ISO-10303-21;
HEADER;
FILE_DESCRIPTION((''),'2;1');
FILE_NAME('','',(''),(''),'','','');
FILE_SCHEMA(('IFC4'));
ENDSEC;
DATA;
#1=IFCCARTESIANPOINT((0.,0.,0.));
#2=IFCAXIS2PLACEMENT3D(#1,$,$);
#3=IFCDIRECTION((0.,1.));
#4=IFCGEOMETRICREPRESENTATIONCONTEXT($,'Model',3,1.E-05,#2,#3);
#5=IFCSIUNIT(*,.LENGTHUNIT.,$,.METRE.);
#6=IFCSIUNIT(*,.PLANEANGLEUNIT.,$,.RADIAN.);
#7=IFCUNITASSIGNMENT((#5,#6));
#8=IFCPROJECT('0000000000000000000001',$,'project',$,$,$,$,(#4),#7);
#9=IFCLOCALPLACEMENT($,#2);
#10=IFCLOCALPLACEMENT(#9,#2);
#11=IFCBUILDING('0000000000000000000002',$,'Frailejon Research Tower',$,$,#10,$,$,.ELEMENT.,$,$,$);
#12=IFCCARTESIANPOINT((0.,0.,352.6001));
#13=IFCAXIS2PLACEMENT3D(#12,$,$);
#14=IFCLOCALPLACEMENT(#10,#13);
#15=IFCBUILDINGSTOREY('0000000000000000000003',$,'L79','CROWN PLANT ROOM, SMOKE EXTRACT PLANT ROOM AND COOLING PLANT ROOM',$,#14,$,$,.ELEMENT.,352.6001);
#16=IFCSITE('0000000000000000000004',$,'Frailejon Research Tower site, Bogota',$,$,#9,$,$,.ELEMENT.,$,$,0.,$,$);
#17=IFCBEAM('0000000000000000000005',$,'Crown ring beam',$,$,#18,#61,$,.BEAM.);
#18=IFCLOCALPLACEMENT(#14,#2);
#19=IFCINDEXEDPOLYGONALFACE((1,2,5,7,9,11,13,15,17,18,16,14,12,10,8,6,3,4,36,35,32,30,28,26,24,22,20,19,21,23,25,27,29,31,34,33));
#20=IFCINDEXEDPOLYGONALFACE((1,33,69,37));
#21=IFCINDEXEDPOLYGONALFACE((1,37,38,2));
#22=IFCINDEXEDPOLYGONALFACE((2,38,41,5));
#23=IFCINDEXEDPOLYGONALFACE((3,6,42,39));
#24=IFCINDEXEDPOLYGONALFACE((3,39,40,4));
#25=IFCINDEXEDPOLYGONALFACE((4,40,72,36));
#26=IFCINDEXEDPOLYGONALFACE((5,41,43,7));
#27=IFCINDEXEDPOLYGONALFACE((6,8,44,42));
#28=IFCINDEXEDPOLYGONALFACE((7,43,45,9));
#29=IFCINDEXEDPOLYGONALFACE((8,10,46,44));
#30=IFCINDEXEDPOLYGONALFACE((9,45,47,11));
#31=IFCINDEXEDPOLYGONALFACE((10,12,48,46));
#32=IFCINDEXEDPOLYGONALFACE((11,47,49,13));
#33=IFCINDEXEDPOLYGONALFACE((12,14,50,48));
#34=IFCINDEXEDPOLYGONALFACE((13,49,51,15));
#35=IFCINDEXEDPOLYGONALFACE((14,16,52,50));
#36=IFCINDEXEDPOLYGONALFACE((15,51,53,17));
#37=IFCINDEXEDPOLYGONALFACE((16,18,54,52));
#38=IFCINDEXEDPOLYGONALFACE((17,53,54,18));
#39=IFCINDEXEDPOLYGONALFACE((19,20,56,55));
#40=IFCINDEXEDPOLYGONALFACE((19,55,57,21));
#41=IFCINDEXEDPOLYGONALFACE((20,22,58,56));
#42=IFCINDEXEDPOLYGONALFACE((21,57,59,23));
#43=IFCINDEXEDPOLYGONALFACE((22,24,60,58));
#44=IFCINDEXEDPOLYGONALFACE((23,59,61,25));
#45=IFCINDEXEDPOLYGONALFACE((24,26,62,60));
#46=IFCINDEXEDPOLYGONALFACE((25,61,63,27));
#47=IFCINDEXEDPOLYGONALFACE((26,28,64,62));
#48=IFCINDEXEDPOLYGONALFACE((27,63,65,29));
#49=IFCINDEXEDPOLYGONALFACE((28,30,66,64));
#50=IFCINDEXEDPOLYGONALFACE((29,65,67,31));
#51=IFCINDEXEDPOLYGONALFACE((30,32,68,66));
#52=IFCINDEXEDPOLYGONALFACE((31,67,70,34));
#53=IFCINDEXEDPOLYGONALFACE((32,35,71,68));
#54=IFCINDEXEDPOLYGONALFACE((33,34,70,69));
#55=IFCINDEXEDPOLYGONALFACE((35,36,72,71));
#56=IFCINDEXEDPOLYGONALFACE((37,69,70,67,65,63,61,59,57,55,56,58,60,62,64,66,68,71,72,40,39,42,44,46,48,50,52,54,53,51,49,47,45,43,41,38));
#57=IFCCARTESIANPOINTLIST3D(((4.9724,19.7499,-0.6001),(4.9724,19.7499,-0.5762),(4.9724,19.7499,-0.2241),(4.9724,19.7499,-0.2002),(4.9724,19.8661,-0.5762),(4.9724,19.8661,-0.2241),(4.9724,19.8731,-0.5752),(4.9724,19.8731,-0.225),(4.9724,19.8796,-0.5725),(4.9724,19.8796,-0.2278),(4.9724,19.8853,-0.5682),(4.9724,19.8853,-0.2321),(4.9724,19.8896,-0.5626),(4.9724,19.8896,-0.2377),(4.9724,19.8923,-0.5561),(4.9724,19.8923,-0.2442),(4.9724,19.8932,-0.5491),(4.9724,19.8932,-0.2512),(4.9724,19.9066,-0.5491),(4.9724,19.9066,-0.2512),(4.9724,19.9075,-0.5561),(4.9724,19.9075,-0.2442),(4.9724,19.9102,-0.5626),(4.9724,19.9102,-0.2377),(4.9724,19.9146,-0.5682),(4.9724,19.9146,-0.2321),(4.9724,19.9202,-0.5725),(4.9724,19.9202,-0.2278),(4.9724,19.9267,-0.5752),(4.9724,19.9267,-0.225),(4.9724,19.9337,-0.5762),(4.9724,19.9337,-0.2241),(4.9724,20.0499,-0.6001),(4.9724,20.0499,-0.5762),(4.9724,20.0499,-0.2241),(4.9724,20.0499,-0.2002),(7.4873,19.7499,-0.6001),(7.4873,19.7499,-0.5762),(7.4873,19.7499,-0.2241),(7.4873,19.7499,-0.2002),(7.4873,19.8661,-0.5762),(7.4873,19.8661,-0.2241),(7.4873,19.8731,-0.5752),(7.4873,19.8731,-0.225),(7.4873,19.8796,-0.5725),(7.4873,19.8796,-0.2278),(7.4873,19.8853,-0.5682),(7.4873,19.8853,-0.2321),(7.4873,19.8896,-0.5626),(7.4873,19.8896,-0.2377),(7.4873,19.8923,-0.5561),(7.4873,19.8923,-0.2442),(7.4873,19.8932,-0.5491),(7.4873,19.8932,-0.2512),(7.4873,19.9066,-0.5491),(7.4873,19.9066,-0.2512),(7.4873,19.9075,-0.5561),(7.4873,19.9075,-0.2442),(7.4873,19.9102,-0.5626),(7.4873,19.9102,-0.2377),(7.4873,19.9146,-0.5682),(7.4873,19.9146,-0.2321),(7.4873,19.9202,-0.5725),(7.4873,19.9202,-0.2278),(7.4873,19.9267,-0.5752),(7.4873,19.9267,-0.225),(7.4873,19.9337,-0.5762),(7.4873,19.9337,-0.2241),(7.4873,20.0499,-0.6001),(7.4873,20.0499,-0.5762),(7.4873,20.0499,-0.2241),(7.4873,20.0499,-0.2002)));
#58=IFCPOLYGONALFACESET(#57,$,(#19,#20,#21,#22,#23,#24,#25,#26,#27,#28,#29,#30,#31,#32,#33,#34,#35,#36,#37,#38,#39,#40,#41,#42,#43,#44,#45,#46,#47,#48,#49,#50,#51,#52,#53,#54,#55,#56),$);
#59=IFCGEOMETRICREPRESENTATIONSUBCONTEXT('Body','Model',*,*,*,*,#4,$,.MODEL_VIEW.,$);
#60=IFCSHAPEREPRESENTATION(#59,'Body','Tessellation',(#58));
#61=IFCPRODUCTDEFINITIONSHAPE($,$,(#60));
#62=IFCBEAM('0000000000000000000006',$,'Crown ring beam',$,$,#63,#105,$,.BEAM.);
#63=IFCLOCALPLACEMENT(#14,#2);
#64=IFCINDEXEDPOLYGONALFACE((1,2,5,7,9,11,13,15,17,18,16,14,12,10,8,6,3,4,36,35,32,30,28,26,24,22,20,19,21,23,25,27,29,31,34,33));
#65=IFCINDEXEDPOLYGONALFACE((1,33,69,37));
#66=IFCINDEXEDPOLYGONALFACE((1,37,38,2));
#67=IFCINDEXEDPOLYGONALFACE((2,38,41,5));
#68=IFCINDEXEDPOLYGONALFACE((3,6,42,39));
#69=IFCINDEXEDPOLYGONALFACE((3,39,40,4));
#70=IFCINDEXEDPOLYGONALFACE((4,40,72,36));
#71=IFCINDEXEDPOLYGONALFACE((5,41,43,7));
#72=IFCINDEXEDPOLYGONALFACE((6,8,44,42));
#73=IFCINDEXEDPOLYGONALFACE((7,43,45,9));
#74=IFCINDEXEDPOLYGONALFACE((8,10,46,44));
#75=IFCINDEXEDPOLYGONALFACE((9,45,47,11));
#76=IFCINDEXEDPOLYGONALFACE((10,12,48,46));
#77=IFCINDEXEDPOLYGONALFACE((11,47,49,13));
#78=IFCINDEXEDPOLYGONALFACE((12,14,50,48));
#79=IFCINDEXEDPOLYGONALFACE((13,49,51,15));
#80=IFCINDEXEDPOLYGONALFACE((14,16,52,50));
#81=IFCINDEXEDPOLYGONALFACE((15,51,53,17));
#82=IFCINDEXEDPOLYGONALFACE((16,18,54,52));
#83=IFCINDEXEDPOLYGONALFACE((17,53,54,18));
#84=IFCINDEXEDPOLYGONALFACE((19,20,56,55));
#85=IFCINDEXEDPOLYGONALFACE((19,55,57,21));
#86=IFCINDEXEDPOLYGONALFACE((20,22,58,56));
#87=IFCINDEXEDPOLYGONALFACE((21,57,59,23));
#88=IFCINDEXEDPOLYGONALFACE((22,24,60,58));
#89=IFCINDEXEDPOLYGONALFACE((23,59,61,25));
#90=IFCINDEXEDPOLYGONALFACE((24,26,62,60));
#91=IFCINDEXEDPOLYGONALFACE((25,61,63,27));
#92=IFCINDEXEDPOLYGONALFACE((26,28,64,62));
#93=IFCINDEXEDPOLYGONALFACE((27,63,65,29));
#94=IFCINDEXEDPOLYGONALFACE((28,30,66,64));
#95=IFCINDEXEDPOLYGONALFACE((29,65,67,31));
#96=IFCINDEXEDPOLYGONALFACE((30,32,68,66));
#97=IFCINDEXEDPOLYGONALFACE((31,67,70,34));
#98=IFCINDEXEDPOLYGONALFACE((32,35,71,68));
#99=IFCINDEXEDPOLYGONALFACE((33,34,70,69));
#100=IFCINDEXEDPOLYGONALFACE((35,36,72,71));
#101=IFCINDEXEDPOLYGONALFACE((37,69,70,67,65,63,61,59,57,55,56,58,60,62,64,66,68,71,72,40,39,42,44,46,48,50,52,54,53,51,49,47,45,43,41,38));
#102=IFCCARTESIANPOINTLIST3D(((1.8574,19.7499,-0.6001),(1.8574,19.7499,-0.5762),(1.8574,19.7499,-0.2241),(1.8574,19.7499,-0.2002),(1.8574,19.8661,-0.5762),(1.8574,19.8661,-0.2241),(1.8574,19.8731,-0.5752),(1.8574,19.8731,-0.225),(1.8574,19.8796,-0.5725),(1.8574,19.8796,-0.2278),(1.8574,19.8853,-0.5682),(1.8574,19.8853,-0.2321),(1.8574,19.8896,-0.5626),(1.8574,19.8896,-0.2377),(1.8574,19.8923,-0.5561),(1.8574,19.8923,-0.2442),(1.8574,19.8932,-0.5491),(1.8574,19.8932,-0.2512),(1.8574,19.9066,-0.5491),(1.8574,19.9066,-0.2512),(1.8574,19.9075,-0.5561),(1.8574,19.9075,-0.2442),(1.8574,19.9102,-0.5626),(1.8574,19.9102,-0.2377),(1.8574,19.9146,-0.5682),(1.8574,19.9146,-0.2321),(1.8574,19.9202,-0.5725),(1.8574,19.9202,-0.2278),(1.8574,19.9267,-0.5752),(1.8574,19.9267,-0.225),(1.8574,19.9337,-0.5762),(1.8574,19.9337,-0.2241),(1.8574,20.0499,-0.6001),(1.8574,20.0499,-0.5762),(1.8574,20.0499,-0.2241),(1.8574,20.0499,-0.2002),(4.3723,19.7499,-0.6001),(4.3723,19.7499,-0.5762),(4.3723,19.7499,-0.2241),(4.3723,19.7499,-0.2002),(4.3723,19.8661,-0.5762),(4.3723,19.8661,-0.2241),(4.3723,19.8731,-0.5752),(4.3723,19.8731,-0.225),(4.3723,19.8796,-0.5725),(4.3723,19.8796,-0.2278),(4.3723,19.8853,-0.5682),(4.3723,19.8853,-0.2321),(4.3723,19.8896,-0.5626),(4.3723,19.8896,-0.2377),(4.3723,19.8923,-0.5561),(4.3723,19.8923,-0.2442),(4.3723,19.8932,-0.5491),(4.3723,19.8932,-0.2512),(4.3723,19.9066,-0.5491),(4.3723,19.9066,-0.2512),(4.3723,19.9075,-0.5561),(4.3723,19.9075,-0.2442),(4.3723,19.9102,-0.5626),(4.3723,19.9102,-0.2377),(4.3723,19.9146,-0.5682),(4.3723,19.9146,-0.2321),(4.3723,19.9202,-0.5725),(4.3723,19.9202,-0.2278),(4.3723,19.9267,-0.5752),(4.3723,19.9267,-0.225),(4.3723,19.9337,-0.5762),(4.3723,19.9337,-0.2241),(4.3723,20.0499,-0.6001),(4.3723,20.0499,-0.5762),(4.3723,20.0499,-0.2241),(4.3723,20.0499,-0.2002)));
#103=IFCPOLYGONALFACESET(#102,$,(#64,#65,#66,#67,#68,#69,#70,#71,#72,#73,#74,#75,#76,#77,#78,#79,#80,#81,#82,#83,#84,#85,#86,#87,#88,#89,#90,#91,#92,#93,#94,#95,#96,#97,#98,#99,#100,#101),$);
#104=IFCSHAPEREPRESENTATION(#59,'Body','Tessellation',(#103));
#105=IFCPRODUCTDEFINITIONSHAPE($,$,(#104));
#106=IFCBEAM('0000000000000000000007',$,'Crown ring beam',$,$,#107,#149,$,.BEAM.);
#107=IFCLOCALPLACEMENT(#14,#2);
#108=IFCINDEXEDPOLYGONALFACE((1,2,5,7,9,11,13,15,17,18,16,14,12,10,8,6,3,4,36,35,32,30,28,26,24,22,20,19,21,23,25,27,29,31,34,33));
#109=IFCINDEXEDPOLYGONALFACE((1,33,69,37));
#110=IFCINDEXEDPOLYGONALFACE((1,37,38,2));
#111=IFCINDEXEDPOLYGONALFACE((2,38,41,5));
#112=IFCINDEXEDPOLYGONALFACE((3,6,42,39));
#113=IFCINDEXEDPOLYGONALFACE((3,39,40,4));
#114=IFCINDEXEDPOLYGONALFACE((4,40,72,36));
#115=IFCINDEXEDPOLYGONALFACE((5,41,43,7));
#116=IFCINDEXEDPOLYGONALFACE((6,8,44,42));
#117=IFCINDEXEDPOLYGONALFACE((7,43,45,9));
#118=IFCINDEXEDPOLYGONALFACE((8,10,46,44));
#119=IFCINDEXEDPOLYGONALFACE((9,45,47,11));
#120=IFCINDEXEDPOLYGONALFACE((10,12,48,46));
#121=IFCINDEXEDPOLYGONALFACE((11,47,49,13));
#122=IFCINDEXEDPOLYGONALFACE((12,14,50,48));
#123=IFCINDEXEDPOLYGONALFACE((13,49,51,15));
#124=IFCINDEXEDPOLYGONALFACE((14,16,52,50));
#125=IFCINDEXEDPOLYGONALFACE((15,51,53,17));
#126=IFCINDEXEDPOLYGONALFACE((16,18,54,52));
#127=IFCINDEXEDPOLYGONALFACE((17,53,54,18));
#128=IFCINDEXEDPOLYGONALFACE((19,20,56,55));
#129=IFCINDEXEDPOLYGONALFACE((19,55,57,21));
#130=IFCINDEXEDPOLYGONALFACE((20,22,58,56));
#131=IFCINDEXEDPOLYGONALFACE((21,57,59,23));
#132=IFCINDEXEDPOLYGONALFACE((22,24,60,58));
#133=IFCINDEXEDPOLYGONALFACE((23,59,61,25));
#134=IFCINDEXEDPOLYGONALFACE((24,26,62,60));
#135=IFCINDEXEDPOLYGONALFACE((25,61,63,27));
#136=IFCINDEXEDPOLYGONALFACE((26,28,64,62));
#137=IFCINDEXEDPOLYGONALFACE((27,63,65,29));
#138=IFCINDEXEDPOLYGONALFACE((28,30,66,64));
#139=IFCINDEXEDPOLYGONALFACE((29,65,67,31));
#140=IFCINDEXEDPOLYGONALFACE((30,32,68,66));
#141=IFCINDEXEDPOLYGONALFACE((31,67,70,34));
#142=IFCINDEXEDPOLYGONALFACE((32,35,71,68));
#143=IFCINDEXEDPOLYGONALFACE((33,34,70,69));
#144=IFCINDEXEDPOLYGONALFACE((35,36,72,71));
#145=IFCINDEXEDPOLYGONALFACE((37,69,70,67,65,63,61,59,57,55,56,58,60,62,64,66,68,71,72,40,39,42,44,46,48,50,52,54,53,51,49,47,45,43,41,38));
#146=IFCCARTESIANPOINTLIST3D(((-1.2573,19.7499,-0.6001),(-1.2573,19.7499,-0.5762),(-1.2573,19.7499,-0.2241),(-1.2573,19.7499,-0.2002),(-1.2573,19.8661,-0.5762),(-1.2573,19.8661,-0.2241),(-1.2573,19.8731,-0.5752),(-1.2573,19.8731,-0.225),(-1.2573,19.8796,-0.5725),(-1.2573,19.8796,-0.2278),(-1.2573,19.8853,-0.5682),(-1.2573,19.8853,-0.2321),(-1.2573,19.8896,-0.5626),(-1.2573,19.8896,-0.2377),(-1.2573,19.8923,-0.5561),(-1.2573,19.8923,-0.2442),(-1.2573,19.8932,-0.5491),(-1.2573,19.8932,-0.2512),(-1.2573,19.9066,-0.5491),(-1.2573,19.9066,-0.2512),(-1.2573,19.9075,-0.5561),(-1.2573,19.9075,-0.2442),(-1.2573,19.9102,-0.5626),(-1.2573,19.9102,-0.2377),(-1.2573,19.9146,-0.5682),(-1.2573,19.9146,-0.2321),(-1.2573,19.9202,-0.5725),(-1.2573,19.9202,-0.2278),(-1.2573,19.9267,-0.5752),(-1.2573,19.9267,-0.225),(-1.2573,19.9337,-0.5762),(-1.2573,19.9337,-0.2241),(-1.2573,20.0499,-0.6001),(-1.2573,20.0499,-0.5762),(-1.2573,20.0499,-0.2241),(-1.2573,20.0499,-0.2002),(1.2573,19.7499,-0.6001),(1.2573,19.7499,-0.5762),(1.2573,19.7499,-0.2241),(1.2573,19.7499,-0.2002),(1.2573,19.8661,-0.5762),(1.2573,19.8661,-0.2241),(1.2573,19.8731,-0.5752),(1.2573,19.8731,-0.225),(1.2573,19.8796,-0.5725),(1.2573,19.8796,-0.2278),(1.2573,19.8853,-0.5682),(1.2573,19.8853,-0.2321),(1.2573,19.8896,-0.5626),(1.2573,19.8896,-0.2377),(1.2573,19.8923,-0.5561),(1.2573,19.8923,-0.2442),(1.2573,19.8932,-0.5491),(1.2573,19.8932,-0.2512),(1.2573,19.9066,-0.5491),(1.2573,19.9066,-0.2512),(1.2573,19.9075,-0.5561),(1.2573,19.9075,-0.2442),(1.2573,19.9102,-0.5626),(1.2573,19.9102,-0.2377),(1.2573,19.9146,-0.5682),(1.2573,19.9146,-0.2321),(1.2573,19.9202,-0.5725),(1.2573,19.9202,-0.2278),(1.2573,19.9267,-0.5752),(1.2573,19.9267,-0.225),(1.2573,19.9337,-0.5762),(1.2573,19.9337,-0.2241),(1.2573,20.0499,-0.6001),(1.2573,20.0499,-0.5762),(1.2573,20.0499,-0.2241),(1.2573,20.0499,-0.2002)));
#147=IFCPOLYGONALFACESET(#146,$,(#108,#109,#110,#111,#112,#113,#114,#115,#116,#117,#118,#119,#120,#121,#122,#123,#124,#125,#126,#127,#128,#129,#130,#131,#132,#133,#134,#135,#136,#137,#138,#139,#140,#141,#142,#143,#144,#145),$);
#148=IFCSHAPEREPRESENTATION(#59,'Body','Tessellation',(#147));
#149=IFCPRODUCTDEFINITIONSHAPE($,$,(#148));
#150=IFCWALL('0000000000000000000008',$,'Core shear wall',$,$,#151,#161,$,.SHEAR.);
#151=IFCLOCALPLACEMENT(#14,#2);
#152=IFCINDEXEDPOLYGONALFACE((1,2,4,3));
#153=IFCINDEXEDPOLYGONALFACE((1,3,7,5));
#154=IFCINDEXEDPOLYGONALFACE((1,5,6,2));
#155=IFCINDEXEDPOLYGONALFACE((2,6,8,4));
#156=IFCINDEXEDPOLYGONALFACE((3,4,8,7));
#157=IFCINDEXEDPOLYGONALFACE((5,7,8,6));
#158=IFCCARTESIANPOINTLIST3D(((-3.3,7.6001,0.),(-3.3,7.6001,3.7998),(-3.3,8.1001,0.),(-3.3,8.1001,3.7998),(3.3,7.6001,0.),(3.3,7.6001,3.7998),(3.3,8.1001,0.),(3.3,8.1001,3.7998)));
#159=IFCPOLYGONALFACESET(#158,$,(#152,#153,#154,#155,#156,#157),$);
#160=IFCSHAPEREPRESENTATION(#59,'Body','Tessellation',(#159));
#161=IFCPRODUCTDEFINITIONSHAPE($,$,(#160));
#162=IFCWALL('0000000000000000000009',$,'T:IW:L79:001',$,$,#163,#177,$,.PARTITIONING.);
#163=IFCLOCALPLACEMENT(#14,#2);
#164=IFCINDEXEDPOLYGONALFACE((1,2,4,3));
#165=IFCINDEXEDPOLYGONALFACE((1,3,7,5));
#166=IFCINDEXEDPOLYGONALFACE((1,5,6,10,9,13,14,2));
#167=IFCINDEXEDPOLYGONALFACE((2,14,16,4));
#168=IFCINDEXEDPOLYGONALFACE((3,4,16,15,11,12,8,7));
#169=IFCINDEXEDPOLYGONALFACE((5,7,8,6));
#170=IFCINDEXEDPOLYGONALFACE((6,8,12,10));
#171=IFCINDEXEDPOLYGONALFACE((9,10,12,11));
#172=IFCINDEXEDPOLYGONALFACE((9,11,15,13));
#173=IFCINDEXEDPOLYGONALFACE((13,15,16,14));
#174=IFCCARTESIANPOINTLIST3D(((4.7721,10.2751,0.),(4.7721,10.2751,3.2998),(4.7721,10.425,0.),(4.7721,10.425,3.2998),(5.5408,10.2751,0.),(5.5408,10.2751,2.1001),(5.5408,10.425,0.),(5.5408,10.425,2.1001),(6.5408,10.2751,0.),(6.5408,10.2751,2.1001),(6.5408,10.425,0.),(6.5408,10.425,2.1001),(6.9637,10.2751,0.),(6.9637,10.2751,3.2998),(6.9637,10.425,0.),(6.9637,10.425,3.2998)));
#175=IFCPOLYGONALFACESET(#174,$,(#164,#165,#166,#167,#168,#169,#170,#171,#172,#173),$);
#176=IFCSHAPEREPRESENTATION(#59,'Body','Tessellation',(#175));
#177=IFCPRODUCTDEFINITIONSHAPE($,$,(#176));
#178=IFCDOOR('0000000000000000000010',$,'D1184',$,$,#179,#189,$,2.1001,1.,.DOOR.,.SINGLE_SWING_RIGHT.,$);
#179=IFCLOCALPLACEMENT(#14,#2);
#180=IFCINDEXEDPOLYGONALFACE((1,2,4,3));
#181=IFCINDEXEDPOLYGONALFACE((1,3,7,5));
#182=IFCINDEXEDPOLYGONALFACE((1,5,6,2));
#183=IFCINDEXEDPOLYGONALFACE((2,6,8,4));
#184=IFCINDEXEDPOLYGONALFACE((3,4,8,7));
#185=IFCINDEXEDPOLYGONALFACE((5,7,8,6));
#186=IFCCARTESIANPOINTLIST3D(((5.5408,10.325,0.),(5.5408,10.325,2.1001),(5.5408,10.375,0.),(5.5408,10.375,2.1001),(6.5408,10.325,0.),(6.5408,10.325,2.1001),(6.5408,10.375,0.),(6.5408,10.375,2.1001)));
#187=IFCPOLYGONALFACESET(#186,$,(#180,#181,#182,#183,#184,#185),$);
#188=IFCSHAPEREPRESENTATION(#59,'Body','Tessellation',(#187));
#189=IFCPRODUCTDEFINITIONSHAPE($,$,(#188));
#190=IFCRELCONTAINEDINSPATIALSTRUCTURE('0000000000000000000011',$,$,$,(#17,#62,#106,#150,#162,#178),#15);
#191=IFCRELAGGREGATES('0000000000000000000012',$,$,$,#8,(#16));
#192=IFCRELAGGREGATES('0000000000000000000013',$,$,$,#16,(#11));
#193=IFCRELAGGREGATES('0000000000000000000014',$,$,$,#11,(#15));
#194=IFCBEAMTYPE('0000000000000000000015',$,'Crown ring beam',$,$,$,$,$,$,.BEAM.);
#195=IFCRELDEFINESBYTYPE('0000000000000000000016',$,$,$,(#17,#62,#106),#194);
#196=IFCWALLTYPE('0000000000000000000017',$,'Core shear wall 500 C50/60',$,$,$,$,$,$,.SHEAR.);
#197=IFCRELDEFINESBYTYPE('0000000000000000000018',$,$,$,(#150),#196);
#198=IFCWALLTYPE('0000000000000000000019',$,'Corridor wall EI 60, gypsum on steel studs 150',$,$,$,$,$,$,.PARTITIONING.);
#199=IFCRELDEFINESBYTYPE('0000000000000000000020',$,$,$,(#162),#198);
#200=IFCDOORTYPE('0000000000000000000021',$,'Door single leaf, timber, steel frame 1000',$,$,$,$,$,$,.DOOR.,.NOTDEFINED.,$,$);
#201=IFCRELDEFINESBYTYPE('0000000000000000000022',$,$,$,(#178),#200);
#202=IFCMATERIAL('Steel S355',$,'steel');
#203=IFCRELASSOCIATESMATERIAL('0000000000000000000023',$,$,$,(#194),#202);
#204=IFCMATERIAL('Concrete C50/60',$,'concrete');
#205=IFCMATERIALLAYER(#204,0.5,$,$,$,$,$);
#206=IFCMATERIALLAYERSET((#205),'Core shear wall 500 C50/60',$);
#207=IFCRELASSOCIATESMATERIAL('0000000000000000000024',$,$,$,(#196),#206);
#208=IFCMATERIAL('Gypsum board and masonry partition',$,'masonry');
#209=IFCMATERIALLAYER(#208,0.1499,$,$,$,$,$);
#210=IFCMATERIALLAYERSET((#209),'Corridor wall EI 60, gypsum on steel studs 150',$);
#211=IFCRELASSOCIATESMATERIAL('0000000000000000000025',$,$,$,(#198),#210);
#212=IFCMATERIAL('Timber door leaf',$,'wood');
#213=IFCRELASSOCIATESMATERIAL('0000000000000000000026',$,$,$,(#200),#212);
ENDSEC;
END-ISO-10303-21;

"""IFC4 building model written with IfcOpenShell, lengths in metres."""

from ifc_helpers import new_model, si_unit, direction, frame, frame_2d, origin, origin_2d, place, context, subcontext, project, spatial, rectangle, i_section, extrude, material, layer, layer_set, material_profile, profile_set, type_object, element, fill, save


model = new_model("IFC4")

# Units and contexts
model_context = context("Model", 3, precision=1e-05, world=origin(), true_north=direction((0.0, 1.0)))
body_context = subcontext(model_context, "Body", "Model", "MODEL_VIEW")
ifc_project = project(units=[si_unit("LENGTHUNIT", "METRE"), si_unit("PLANEANGLEUNIT", "RADIAN")], contexts=[model_context])

# Site, building, storey
site_placement = place(None, origin())
site = spatial("IfcSite", under=ifc_project, at=site_placement, Name="Frailejon Research Tower site, Bogota", CompositionType="ELEMENT", RefElevation=0.0)
building_placement = place(site_placement, origin())
building = spatial("IfcBuilding", under=site, at=building_placement, Name="Frailejon Research Tower", CompositionType="ELEMENT")
storey_placement = place(building_placement, frame((0.0, 0.0, 352.6001)))
storey = spatial("IfcBuildingStorey", under=building, at=storey_placement, Name="L79", Description="CROWN PLANT ROOM, SMOKE EXTRACT PLANT ROOM AND COOLING PLANT ROOM", CompositionType="ELEMENT", Elevation=352.6001)

# Beams
ifc_material_1 = material(Name="Steel S355", Category="steel")
ifc_material_profile_1 = material_profile(ifc_material_1, i_section(OverallWidth=0.3, OverallDepth=0.3999, WebThickness=0.0134, FlangeThickness=0.0239, FilletRadius=0.0271, at=origin_2d()), Name="HE 400 B")
ifc_profile_set_1 = profile_set([ifc_material_profile_1], Name="Steel S355")
beam_type_1 = type_object("IfcBeamType", Name="Crown ring beam", PredefinedType="BEAM", material=ifc_profile_set_1)
for number, where, z_axis, x_axis, name in (
    (1, (7.4873, 19.8999, -0.4001), (-1.0, 0.0, 0.0), (0.0, -1.0, 0.0), "Crown ring beam"),
    (2, (4.3723, 19.8999, -0.4001), (-1.0, 0.0, 0.0), (0.0, -1.0, 0.0), "Crown ring beam"),
):
    element("IfcBeam", number, at=place(storey_placement, frame(where, z_axis=z_axis, x_axis=x_axis)), inside=storey, type_object=beam_type_1, Name=name, PredefinedType="BEAM", context=body_context, shape_type="SweptSolid", body=[
        extrude(i_section(OverallWidth=0.3, OverallDepth=0.3999, WebThickness=0.0134, FlangeThickness=0.0239, FilletRadius=0.0271, at=origin_2d()), origin(), (0.0, 0.0, 1.0), 2.5149),
    ])
beam_1_placement = place(storey_placement, frame((1.2573, 19.8999, -0.4001), z_axis=(-1.0, 0.0, 0.0), x_axis=(0.0, -1.0, 0.0)))
element("IfcBeam", 3, at=beam_1_placement, inside=storey, type_object=beam_type_1, Name="Crown ring beam", PredefinedType="BEAM", context=body_context, shape_type="SweptSolid", body=[
    extrude(i_section(OverallWidth=0.3, OverallDepth=0.3999, WebThickness=0.0134, FlangeThickness=0.0239, FilletRadius=0.0271, at=origin_2d()), origin(), (0.0, 0.0, 1.0), 2.5146),
])

# Wall
ifc_material_2 = material(Name="Concrete C50/60", Category="concrete")
ifc_layer_1 = layer(ifc_material_2, 0.5)
ifc_layer_set_1 = layer_set([ifc_layer_1], Name="Core shear wall 500 C50/60")
wall_type_1 = type_object("IfcWallType", Name="Core shear wall 500 C50/60", PredefinedType="SHEAR", material=ifc_layer_set_1)
wall_1_placement = place(storey_placement, frame((3.3, 7.8501, 0.0), z_axis=(0.0, 0.0, 1.0), x_axis=(-1.0, 0.0, 0.0)))
element("IfcWall", 4, at=wall_1_placement, inside=storey, type_object=wall_type_1, Name="Core shear wall", PredefinedType="SHEAR", context=body_context, shape_type="SweptSolid", body=[
    extrude(rectangle(XDim=6.6001, YDim=0.5, at=frame_2d((3.3, 0.0))), origin(), (0.0, 0.0, 1.0), 3.7998),
])

# Wall, opening, door
ifc_material_3 = material(Name="Gypsum board and masonry partition", Category="masonry")
ifc_layer_2 = layer(ifc_material_3, 0.1499)
ifc_layer_set_2 = layer_set([ifc_layer_2], Name="Corridor wall EI 60, gypsum on steel studs 150")
wall_type_2 = type_object("IfcWallType", Name="Corridor wall EI 60, gypsum on steel studs 150", PredefinedType="PARTITIONING", material=ifc_layer_set_2)
wall_2_placement = place(storey_placement, frame((4.7722, 10.3501, 0.0), z_axis=(0.0, 0.0, 1.0), x_axis=(1.0, 0.0, 0.0)))
wall_2 = element("IfcWall", 5, at=wall_2_placement, inside=storey, type_object=wall_type_2, Name="T:IW:L79:001", PredefinedType="PARTITIONING", context=body_context, shape_type="SweptSolid", body=[
    extrude(rectangle(XDim=2.1917, YDim=0.1499, at=frame_2d((1.0957, 0.0))), origin(), (0.0, 0.0, 1.0), 3.2998),
])
opening_1_placement = place(wall_2_placement, frame((0.7686, 0.0, 0.0)))
opening_1 = element("IfcOpeningElement", 6, at=opening_1_placement, cuts=wall_2, PredefinedType="OPENING", context=body_context, shape_type="SweptSolid", body=[
    extrude(rectangle(XDim=1.0, YDim=2.1001, at=frame_2d((0.5, 1.05))), frame((0.0, 0.085, 0.0), z_axis=(0.0, -1.0, 0.0), x_axis=(1.0, 0.0, 0.0)), (0.0, 0.0, 1.0), 0.1699),
])
ifc_material_4 = material(Name="Timber door leaf", Category="wood")
door_type_1 = type_object("IfcDoorType", Name="Door single leaf, timber, steel frame 1000", OperationType="NOTDEFINED", PredefinedType="DOOR", material=ifc_material_4)
door_1_placement = place(opening_1_placement, origin())
door_1 = element("IfcDoor", 7, at=door_1_placement, inside=storey, type_object=door_type_1, Name="D1184", OperationType="SINGLE_SWING_RIGHT", OverallHeight=2.1001, OverallWidth=1.0, PredefinedType="DOOR", context=body_context, shape_type="SweptSolid", body=[
    extrude(rectangle(XDim=1.0, YDim=2.1001, at=frame_2d((0.5, 1.05))), frame((0.0, 0.0249, 0.0), z_axis=(0.0, -1.0, 0.0), x_axis=(1.0, 0.0, 0.0)), (0.0, 0.0, 1.0), 0.05),
])
fill(opening_1, door_1)

save(model, "model.ifc")
